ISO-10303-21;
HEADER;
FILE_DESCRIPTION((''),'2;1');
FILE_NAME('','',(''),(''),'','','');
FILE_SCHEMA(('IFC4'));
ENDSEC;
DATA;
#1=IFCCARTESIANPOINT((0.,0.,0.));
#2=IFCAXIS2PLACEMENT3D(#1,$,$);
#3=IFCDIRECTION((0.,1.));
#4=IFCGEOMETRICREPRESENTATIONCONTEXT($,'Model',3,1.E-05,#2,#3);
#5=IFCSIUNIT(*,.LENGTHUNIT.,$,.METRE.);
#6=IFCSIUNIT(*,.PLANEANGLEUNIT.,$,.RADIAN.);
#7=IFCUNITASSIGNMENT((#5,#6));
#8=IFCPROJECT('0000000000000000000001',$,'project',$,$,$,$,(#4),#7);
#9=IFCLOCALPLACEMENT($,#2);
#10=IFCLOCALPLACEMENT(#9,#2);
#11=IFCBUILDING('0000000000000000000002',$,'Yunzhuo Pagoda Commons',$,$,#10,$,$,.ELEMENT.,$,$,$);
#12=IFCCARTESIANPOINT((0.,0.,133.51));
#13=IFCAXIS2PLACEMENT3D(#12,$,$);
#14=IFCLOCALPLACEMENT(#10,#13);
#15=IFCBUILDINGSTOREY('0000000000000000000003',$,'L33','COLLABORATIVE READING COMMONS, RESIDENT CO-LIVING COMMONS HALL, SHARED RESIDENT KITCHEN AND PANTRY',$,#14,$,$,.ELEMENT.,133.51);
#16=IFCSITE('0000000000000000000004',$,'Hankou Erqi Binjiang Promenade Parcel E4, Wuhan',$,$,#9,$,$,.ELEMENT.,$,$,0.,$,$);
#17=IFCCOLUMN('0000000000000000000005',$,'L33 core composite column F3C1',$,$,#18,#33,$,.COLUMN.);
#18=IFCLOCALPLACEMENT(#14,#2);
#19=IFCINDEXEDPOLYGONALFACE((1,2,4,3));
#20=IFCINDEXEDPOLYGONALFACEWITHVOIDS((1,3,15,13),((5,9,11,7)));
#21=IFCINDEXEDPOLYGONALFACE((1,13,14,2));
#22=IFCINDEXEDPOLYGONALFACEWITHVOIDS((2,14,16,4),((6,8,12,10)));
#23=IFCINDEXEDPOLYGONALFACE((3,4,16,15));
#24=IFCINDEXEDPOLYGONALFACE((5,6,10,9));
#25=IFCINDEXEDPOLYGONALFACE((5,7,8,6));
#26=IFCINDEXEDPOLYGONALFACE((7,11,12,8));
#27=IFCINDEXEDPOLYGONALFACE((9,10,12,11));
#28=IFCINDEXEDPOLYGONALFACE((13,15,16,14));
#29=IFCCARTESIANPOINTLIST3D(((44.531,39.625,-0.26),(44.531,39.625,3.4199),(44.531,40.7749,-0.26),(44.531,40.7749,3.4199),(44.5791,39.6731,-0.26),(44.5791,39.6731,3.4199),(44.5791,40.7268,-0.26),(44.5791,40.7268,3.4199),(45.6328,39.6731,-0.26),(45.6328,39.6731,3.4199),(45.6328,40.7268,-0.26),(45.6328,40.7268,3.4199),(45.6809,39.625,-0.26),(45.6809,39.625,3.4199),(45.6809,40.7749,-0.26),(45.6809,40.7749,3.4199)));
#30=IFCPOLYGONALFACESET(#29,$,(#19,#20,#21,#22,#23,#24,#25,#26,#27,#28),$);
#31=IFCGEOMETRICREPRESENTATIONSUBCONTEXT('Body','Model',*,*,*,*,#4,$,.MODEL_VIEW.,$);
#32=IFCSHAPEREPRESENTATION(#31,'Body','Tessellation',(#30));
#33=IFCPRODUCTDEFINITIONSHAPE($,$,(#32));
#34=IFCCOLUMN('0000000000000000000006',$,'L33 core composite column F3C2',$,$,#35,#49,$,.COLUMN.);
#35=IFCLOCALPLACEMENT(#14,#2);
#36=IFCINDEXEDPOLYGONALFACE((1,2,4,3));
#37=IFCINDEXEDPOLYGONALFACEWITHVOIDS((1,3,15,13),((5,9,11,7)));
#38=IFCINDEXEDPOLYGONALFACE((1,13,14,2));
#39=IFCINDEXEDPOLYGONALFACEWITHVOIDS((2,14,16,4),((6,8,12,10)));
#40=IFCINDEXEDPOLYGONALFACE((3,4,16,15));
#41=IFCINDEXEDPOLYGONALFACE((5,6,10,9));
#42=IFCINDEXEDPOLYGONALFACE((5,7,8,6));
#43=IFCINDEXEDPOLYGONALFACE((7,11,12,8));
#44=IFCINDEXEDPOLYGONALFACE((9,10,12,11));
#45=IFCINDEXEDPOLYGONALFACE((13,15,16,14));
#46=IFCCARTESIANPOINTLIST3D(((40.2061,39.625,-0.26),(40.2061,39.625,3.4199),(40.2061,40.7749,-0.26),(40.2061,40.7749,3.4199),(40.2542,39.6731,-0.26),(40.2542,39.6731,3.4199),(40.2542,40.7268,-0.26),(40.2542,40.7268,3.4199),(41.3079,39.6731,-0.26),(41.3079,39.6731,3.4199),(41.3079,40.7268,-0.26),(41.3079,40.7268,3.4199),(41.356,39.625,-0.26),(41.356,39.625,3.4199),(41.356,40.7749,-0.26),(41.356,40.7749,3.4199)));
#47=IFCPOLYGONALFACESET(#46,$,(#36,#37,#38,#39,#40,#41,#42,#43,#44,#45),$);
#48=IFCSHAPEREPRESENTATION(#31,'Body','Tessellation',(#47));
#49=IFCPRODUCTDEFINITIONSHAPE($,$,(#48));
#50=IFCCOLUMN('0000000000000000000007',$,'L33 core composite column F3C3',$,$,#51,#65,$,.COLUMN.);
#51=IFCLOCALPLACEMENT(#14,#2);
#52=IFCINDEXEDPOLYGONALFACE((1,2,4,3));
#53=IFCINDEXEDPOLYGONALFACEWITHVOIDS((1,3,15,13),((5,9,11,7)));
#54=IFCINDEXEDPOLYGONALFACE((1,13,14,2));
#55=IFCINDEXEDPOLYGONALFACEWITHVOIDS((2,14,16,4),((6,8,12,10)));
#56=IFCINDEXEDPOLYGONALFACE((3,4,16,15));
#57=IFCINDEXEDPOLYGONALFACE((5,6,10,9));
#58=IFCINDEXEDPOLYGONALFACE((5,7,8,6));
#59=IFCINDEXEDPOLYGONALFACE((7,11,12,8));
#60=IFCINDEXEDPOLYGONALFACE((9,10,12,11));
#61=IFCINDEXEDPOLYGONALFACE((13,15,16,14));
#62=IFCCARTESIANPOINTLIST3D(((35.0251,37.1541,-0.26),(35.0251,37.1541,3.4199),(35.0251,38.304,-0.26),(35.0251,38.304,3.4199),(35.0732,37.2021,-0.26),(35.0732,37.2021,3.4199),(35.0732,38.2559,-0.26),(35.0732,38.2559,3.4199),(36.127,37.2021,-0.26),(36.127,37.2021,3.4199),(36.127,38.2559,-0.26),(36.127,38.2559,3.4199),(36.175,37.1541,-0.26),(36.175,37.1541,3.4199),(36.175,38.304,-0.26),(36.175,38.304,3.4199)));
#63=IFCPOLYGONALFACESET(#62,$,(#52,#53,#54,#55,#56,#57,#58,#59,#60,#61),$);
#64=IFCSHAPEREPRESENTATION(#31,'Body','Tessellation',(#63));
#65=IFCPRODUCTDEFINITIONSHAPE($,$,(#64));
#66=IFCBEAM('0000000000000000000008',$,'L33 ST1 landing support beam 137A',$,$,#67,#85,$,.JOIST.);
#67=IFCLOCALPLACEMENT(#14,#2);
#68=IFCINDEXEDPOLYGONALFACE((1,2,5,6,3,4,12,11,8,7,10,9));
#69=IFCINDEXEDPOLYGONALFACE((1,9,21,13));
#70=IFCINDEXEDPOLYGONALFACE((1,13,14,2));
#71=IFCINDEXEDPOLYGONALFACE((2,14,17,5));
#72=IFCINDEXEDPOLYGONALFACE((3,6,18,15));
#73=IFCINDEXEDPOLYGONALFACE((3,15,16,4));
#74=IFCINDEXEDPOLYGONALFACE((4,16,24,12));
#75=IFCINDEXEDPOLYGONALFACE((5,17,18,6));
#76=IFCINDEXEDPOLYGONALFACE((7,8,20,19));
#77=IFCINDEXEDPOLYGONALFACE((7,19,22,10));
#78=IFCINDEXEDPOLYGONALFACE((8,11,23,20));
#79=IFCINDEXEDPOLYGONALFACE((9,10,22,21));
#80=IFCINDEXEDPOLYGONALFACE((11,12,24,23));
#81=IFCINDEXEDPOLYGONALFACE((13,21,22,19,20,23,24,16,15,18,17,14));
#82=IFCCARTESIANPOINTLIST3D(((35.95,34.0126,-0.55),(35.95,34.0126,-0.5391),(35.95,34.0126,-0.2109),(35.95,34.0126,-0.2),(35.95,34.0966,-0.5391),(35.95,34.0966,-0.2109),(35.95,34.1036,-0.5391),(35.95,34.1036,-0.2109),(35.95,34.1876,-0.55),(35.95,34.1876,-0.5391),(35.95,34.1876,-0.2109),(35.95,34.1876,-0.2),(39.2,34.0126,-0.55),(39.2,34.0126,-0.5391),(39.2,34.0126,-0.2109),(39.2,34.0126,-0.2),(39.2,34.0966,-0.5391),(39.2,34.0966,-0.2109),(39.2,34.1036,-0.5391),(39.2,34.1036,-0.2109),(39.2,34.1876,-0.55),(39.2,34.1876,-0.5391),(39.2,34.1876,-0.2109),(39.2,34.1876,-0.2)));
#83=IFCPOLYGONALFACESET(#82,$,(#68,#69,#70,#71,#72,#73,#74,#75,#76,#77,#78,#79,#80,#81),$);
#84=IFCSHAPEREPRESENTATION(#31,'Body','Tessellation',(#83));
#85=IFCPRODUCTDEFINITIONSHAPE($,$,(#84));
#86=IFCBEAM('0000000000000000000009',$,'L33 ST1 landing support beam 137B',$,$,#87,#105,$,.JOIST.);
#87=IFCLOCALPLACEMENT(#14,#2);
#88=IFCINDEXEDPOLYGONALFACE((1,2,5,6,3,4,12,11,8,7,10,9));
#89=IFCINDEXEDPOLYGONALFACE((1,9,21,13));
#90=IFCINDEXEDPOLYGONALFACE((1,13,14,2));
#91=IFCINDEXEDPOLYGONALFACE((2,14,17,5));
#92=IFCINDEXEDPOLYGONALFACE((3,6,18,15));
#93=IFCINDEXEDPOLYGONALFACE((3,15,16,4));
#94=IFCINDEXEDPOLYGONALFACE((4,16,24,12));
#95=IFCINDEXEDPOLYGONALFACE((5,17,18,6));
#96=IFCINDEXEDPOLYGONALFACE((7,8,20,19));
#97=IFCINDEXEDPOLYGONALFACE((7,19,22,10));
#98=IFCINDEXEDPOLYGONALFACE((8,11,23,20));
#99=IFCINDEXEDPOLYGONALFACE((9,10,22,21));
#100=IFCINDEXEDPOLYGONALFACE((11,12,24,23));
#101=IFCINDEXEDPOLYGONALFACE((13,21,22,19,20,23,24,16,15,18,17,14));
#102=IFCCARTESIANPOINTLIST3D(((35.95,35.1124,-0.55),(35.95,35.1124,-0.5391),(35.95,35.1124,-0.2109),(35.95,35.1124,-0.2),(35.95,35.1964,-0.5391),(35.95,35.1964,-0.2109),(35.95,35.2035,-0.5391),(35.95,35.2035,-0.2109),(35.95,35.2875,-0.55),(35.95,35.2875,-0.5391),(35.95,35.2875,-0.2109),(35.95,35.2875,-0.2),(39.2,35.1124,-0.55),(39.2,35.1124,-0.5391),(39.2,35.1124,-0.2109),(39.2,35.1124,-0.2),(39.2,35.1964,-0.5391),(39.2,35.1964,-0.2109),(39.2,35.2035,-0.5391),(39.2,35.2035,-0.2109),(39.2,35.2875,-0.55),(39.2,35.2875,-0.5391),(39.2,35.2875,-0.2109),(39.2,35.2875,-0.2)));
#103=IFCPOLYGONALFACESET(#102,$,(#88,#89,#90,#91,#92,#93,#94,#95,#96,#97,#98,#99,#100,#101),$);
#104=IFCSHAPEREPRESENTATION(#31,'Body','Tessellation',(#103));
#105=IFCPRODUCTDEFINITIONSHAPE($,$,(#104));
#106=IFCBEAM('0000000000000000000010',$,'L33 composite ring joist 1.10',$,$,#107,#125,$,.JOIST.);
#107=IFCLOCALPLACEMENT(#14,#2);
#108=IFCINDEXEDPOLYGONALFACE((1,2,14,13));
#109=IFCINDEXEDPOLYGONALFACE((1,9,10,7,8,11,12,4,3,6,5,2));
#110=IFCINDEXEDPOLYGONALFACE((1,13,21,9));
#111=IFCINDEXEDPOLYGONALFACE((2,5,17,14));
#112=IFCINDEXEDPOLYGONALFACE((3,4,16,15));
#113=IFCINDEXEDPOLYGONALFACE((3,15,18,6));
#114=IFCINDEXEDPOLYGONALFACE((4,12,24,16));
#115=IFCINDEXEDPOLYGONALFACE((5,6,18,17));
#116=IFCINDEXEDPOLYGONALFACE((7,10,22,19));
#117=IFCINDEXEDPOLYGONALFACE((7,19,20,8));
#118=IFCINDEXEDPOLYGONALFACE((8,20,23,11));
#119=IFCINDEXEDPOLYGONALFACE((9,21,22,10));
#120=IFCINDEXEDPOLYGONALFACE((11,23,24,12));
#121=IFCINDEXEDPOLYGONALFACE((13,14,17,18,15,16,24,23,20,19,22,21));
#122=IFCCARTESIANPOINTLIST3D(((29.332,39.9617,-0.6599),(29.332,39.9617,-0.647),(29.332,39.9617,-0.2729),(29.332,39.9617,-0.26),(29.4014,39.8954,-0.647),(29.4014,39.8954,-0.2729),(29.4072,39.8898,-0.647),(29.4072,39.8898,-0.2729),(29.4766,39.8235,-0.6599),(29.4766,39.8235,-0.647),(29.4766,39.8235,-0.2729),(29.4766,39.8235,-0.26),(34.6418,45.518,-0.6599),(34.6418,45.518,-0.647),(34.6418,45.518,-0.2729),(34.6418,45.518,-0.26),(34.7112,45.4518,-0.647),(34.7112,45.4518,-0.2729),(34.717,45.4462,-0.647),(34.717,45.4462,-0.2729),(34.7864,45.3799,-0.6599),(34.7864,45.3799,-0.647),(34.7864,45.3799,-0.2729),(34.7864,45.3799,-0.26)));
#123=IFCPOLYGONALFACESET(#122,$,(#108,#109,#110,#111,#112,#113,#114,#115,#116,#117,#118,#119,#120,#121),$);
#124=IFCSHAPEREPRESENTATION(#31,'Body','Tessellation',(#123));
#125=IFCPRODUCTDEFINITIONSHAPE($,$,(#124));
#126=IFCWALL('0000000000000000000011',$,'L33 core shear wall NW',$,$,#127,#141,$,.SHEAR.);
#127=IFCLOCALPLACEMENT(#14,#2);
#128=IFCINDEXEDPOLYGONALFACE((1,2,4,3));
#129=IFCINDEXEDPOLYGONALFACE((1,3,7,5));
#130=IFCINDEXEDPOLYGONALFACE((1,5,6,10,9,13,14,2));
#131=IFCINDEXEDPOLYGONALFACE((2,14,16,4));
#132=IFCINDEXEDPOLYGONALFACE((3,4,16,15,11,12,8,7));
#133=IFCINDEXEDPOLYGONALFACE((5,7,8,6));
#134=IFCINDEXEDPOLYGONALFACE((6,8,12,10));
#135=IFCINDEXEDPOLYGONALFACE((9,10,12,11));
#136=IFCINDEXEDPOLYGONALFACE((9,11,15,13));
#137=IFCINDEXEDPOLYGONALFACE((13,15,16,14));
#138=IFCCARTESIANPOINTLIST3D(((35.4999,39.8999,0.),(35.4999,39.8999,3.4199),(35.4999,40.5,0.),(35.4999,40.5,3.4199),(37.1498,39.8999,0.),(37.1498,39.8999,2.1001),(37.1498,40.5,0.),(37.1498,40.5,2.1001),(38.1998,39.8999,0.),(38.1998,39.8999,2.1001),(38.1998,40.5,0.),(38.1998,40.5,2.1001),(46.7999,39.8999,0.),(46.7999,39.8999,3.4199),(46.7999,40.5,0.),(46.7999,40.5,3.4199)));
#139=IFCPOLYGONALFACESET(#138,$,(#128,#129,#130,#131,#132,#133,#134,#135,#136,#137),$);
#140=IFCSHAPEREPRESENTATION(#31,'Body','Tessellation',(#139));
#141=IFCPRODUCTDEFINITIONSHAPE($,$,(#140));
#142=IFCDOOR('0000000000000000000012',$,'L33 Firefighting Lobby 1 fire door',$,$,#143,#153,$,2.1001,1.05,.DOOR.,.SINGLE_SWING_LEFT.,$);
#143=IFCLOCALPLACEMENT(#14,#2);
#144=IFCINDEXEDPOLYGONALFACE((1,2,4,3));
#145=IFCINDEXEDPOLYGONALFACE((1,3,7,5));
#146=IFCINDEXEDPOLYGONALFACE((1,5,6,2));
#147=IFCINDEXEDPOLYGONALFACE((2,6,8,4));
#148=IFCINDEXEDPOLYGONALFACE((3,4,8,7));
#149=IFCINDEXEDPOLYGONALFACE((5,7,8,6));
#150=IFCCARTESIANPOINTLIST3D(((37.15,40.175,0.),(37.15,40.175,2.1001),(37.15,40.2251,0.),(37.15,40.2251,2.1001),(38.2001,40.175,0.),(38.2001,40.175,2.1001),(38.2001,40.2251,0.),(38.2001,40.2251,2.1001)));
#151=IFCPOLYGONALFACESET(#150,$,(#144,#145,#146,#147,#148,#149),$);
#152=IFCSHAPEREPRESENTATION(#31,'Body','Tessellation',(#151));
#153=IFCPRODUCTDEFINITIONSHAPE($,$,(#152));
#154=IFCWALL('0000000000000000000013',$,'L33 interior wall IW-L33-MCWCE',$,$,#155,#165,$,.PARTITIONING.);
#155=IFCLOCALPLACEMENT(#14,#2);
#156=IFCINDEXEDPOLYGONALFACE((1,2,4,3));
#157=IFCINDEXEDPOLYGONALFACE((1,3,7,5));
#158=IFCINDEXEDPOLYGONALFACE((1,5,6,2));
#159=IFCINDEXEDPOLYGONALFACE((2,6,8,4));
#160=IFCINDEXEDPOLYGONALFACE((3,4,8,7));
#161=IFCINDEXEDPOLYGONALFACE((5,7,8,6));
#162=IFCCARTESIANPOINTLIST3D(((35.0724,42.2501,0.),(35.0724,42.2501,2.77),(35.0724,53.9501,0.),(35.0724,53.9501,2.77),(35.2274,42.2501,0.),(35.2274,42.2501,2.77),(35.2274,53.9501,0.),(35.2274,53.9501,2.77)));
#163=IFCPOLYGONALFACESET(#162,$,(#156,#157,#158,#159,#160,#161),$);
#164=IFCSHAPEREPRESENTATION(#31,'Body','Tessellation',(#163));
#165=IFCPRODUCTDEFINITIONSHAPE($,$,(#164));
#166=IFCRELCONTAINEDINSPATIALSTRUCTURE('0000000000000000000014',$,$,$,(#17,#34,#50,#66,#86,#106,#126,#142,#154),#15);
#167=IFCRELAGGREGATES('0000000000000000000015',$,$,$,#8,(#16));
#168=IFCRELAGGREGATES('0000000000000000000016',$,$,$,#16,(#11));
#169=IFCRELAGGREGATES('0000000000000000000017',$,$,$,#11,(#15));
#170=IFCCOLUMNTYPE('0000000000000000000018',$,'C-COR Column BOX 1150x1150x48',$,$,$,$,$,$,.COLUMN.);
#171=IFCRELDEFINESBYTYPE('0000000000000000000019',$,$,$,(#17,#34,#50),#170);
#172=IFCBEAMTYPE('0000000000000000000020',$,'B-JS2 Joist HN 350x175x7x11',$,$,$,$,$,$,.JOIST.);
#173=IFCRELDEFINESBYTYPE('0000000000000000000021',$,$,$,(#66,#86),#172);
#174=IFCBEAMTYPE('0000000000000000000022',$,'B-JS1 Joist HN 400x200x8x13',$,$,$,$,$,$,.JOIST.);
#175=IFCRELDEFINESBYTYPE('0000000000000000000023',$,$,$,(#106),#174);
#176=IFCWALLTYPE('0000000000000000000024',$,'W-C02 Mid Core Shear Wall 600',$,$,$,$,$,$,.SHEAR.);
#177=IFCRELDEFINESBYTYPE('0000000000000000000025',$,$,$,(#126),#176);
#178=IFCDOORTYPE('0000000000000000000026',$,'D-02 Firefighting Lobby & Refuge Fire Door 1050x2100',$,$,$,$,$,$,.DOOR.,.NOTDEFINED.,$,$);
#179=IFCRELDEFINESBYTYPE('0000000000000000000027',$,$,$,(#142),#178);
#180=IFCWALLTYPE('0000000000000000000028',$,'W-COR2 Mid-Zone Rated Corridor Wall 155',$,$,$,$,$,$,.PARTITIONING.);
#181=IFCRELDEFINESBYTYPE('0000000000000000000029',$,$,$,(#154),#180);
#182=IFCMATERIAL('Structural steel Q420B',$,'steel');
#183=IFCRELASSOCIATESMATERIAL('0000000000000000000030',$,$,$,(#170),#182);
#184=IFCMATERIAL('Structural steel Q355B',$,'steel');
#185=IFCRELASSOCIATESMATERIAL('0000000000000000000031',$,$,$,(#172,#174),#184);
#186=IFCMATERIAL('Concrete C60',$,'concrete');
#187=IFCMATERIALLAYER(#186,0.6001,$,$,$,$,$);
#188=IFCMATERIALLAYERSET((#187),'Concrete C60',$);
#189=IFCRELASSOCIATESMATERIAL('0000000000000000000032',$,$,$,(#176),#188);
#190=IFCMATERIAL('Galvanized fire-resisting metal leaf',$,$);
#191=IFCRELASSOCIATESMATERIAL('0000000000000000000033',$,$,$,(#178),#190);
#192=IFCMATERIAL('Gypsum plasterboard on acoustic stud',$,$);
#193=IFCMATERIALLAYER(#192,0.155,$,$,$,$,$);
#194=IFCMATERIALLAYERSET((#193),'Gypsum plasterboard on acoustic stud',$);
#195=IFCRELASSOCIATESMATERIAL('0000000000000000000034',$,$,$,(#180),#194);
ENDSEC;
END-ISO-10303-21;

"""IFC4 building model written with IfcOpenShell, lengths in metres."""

from ifc_helpers import new_model, si_unit, direction, frame, frame_2d, origin, origin_2d, place, context, subcontext, project, spatial, rectangle, hollow_rectangle, i_section, extrude, source, transform, mapped, material, layer, layer_set, material_profile, profile_set, type_object, element, fill, save


model = new_model("IFC4")

# Units and contexts
model_context = context("Model", 3, precision=1e-05, world=origin(), true_north=direction((0.0, 1.0)))
body_context = subcontext(model_context, "Body", "Model", "MODEL_VIEW")
ifc_project = project(units=[si_unit("LENGTHUNIT", "METRE"), si_unit("PLANEANGLEUNIT", "RADIAN")], contexts=[model_context])

# Site, building, storey
site_placement = place(None, origin())
site = spatial("IfcSite", under=ifc_project, at=site_placement, Name="Hankou Erqi Binjiang Promenade Parcel E4, Wuhan", CompositionType="ELEMENT", RefElevation=0.0)
building_placement = place(site_placement, origin())
building = spatial("IfcBuilding", under=site, at=building_placement, Name="Yunzhuo Pagoda Commons", CompositionType="ELEMENT")
storey_placement = place(building_placement, frame((0.0, 0.0, 133.51)))
storey = spatial("IfcBuildingStorey", under=building, at=storey_placement, Name="L33", Description="COLLABORATIVE READING COMMONS, RESIDENT CO-LIVING COMMONS HALL, SHARED RESIDENT KITCHEN AND PANTRY", CompositionType="ELEMENT", Elevation=133.51)

# Columns
ifc_material_1 = material(Name="Structural steel Q420B", Category="steel")
ifc_material_profile_1 = material_profile(ifc_material_1, hollow_rectangle(XDim=1.1499, YDim=1.1499, WallThickness=0.0481, at=origin_2d()), Name="Structural steel Q420B")
ifc_profile_set_1 = profile_set([ifc_material_profile_1], Name="Structural steel Q420B")
column_type = type_object("IfcColumnType", Name="C-COR Column BOX 1150x1150x48", PredefinedType="COLUMN", material=ifc_profile_set_1)
shared_shape_1 = source(origin(), body_context, "Body", "SweptSolid", [
    extrude(hollow_rectangle(XDim=1.1499, YDim=1.1499, WallThickness=0.0481, at=origin_2d()), origin(), (0.0, 0.0, 1.0), 3.6799),
])
for number, where, z_axis, x_axis, name in (
    (1, (45.106, 40.2, -0.26), (0.0, 0.0, 1.0), (1.0, 0.0, 0.0), "L33 core composite column F3C1"),
    (2, (40.781, 40.2, -0.26), (0.0, 0.0, 1.0), (1.0, 0.0, 0.0), "L33 core composite column F3C2"),
    (3, (35.6001, 37.729, -0.26), (0.0, 0.0, 1.0), (1.0, 0.0, 0.0), "L33 core composite column F3C3"),
):
    element("IfcColumn", number, at=place(storey_placement, frame(where, z_axis=z_axis, x_axis=x_axis)), inside=storey, type_object=column_type, Name=name, PredefinedType="COLUMN", context=body_context, shape_type="MappedRepresentation", body=[
        mapped(shared_shape_1, transform((0.0, 0.0, 0.0), scale=1.0)),
    ])

# Beams
ifc_material_2 = material(Name="Structural steel Q355B", Category="steel")
ifc_material_profile_2 = material_profile(ifc_material_2, i_section(OverallWidth=0.175, OverallDepth=0.3501, WebThickness=0.0071, FlangeThickness=0.011, at=origin_2d()), Name="Structural steel Q355B")
ifc_profile_set_2 = profile_set([ifc_material_profile_2], Name="Structural steel Q355B")
beam_type_1 = type_object("IfcBeamType", Name="B-JS2 Joist HN 350x175x7x11", PredefinedType="JOIST", material=ifc_profile_set_2)
shared_shape_2 = source(origin(), body_context, "Body", "SweptSolid", [
    extrude(i_section(OverallWidth=0.175, OverallDepth=0.3501, WebThickness=0.0071, FlangeThickness=0.011, at=origin_2d()), origin(), (0.0, 0.0, 1.0), 3.25),
])
for number, where, z_axis, x_axis, name in (
    (4, (35.95, 34.1001, -0.375), (1.0, 0.0, 0.0), (0.0, 1.0, 0.0), "L33 ST1 landing support beam 137A"),
    (5, (35.95, 35.2, -0.375), (1.0, 0.0, 0.0), (0.0, 1.0, 0.0), "L33 ST1 landing support beam 137B"),
):
    element("IfcBeam", number, at=place(storey_placement, frame(where, z_axis=z_axis, x_axis=x_axis)), inside=storey, type_object=beam_type_1, Name=name, PredefinedType="JOIST", context=body_context, shape_type="MappedRepresentation", body=[
        mapped(shared_shape_2, transform((0.0, 0.0, 0.0), scale=1.0)),
    ])
ifc_material_profile_3 = material_profile(ifc_material_2, i_section(OverallWidth=0.2, OverallDepth=0.3999, WebThickness=0.0081, FlangeThickness=0.0129, at=origin_2d()), Name="Structural steel Q355B")
ifc_profile_set_3 = profile_set([ifc_material_profile_3], Name="Structural steel Q355B")
beam_type_2 = type_object("IfcBeamType", Name="B-JS1 Joist HN 400x200x8x13", PredefinedType="JOIST", material=ifc_profile_set_3)
shared_shape_3 = source(origin(), body_context, "Body", "SweptSolid", [
    extrude(i_section(OverallWidth=0.2, OverallDepth=0.3999, WebThickness=0.0081, FlangeThickness=0.0129, at=origin_2d()), origin(), (0.0, 0.0, 1.0), 7.6855),
])
beam_placement = place(storey_placement, frame((34.7141, 45.449, -0.46), z_axis=(-0.690883, -0.722967, 0.0), x_axis=(0.722967, -0.690883, 0.0)))
element("IfcBeam", 6, at=beam_placement, inside=storey, type_object=beam_type_2, Name="L33 composite ring joist 1.10", PredefinedType="JOIST", context=body_context, shape_type="MappedRepresentation", body=[
    mapped(shared_shape_3, transform((0.0, 0.0, 0.0), scale=1.0)),
])

# Wall, opening, door
ifc_material_3 = material(Name="Concrete C60", Category="concrete")
ifc_layer_1 = layer(ifc_material_3, 0.6001)
ifc_layer_set_1 = layer_set([ifc_layer_1], Name="Concrete C60")
wall_type_1 = type_object("IfcWallType", Name="W-C02 Mid Core Shear Wall 600", PredefinedType="SHEAR", material=ifc_layer_set_1)
wall_1_placement = place(storey_placement, frame((35.5, 40.2, 0.0), z_axis=(0.0, 0.0, 1.0), x_axis=(1.0, 0.0, 0.0)))
wall_1 = element("IfcWall", 7, at=wall_1_placement, inside=storey, type_object=wall_type_1, Name="L33 core shear wall NW", PredefinedType="SHEAR", context=body_context, shape_type="SweptSolid", body=[
    extrude(rectangle(XDim=11.3, YDim=0.6001, at=frame_2d((5.6499, 0.0))), origin(), (0.0, 0.0, 1.0), 3.4199),
])
opening_1_placement = place(wall_1_placement, frame((1.6499, 0.0, 0.0)))
opening_1 = element("IfcOpeningElement", 8, at=opening_1_placement, cuts=wall_1, PredefinedType="OPENING", context=body_context, shape_type="SweptSolid", body=[
    extrude(rectangle(XDim=1.05, YDim=2.1001, at=frame_2d((0.5249, 1.05))), frame((0.0, 0.3101, 0.0), z_axis=(0.0, -1.0, 0.0), x_axis=(1.0, 0.0, 0.0)), (0.0, 0.0, 1.0), 0.6201),
])
ifc_material_4 = material(Name="Galvanized fire-resisting metal leaf")
door_type_1 = type_object("IfcDoorType", Name="D-02 Firefighting Lobby & Refuge Fire Door 1050x2100", OperationType="NOTDEFINED", PredefinedType="DOOR", material=ifc_material_4)
shared_shape_4 = source(origin(), body_context, "Body", "SweptSolid", [
    extrude(rectangle(XDim=1.05, YDim=2.1001, at=frame_2d((0.5249, 1.05))), frame((0.0, 0.0249, 0.0), z_axis=(0.0, -1.0, 0.0), x_axis=(1.0, 0.0, 0.0)), (0.0, 0.0, 1.0), 0.05),
])
door_1_placement = place(opening_1_placement, frame((1.05, 0.0, 0.0), z_axis=(0.0, 0.0, 1.0), x_axis=(-1.0, 0.0, 0.0)))
door_1 = element("IfcDoor", 9, at=door_1_placement, inside=storey, type_object=door_type_1, Name="L33 Firefighting Lobby 1 fire door", OperationType="SINGLE_SWING_LEFT", OverallHeight=2.1001, OverallWidth=1.05, PredefinedType="DOOR", context=body_context, shape_type="MappedRepresentation", body=[
    mapped(shared_shape_4, transform((0.0, 0.0, 0.0), scale=1.0)),
])
fill(opening_1, door_1)

# Wall
ifc_material_5 = material(Name="Gypsum plasterboard on acoustic stud")
ifc_layer_2 = layer(ifc_material_5, 0.155)
ifc_layer_set_2 = layer_set([ifc_layer_2], Name="Gypsum plasterboard on acoustic stud")
wall_type_2 = type_object("IfcWallType", Name="W-COR2 Mid-Zone Rated Corridor Wall 155", PredefinedType="PARTITIONING", material=ifc_layer_set_2)
wall_2_placement = place(storey_placement, frame((35.1499, 42.25, 0.0), z_axis=(0.0, 0.0, 1.0), x_axis=(0.0, 1.0, 0.0)))
element("IfcWall", 10, at=wall_2_placement, inside=storey, type_object=wall_type_2, Name="L33 interior wall IW-L33-MCWCE", PredefinedType="PARTITIONING", context=body_context, shape_type="SweptSolid", body=[
    extrude(rectangle(XDim=11.7, YDim=0.155, at=frame_2d((5.8501, 0.0))), origin(), (0.0, 0.0, 1.0), 2.77),
])

save(model, "model.ifc")
